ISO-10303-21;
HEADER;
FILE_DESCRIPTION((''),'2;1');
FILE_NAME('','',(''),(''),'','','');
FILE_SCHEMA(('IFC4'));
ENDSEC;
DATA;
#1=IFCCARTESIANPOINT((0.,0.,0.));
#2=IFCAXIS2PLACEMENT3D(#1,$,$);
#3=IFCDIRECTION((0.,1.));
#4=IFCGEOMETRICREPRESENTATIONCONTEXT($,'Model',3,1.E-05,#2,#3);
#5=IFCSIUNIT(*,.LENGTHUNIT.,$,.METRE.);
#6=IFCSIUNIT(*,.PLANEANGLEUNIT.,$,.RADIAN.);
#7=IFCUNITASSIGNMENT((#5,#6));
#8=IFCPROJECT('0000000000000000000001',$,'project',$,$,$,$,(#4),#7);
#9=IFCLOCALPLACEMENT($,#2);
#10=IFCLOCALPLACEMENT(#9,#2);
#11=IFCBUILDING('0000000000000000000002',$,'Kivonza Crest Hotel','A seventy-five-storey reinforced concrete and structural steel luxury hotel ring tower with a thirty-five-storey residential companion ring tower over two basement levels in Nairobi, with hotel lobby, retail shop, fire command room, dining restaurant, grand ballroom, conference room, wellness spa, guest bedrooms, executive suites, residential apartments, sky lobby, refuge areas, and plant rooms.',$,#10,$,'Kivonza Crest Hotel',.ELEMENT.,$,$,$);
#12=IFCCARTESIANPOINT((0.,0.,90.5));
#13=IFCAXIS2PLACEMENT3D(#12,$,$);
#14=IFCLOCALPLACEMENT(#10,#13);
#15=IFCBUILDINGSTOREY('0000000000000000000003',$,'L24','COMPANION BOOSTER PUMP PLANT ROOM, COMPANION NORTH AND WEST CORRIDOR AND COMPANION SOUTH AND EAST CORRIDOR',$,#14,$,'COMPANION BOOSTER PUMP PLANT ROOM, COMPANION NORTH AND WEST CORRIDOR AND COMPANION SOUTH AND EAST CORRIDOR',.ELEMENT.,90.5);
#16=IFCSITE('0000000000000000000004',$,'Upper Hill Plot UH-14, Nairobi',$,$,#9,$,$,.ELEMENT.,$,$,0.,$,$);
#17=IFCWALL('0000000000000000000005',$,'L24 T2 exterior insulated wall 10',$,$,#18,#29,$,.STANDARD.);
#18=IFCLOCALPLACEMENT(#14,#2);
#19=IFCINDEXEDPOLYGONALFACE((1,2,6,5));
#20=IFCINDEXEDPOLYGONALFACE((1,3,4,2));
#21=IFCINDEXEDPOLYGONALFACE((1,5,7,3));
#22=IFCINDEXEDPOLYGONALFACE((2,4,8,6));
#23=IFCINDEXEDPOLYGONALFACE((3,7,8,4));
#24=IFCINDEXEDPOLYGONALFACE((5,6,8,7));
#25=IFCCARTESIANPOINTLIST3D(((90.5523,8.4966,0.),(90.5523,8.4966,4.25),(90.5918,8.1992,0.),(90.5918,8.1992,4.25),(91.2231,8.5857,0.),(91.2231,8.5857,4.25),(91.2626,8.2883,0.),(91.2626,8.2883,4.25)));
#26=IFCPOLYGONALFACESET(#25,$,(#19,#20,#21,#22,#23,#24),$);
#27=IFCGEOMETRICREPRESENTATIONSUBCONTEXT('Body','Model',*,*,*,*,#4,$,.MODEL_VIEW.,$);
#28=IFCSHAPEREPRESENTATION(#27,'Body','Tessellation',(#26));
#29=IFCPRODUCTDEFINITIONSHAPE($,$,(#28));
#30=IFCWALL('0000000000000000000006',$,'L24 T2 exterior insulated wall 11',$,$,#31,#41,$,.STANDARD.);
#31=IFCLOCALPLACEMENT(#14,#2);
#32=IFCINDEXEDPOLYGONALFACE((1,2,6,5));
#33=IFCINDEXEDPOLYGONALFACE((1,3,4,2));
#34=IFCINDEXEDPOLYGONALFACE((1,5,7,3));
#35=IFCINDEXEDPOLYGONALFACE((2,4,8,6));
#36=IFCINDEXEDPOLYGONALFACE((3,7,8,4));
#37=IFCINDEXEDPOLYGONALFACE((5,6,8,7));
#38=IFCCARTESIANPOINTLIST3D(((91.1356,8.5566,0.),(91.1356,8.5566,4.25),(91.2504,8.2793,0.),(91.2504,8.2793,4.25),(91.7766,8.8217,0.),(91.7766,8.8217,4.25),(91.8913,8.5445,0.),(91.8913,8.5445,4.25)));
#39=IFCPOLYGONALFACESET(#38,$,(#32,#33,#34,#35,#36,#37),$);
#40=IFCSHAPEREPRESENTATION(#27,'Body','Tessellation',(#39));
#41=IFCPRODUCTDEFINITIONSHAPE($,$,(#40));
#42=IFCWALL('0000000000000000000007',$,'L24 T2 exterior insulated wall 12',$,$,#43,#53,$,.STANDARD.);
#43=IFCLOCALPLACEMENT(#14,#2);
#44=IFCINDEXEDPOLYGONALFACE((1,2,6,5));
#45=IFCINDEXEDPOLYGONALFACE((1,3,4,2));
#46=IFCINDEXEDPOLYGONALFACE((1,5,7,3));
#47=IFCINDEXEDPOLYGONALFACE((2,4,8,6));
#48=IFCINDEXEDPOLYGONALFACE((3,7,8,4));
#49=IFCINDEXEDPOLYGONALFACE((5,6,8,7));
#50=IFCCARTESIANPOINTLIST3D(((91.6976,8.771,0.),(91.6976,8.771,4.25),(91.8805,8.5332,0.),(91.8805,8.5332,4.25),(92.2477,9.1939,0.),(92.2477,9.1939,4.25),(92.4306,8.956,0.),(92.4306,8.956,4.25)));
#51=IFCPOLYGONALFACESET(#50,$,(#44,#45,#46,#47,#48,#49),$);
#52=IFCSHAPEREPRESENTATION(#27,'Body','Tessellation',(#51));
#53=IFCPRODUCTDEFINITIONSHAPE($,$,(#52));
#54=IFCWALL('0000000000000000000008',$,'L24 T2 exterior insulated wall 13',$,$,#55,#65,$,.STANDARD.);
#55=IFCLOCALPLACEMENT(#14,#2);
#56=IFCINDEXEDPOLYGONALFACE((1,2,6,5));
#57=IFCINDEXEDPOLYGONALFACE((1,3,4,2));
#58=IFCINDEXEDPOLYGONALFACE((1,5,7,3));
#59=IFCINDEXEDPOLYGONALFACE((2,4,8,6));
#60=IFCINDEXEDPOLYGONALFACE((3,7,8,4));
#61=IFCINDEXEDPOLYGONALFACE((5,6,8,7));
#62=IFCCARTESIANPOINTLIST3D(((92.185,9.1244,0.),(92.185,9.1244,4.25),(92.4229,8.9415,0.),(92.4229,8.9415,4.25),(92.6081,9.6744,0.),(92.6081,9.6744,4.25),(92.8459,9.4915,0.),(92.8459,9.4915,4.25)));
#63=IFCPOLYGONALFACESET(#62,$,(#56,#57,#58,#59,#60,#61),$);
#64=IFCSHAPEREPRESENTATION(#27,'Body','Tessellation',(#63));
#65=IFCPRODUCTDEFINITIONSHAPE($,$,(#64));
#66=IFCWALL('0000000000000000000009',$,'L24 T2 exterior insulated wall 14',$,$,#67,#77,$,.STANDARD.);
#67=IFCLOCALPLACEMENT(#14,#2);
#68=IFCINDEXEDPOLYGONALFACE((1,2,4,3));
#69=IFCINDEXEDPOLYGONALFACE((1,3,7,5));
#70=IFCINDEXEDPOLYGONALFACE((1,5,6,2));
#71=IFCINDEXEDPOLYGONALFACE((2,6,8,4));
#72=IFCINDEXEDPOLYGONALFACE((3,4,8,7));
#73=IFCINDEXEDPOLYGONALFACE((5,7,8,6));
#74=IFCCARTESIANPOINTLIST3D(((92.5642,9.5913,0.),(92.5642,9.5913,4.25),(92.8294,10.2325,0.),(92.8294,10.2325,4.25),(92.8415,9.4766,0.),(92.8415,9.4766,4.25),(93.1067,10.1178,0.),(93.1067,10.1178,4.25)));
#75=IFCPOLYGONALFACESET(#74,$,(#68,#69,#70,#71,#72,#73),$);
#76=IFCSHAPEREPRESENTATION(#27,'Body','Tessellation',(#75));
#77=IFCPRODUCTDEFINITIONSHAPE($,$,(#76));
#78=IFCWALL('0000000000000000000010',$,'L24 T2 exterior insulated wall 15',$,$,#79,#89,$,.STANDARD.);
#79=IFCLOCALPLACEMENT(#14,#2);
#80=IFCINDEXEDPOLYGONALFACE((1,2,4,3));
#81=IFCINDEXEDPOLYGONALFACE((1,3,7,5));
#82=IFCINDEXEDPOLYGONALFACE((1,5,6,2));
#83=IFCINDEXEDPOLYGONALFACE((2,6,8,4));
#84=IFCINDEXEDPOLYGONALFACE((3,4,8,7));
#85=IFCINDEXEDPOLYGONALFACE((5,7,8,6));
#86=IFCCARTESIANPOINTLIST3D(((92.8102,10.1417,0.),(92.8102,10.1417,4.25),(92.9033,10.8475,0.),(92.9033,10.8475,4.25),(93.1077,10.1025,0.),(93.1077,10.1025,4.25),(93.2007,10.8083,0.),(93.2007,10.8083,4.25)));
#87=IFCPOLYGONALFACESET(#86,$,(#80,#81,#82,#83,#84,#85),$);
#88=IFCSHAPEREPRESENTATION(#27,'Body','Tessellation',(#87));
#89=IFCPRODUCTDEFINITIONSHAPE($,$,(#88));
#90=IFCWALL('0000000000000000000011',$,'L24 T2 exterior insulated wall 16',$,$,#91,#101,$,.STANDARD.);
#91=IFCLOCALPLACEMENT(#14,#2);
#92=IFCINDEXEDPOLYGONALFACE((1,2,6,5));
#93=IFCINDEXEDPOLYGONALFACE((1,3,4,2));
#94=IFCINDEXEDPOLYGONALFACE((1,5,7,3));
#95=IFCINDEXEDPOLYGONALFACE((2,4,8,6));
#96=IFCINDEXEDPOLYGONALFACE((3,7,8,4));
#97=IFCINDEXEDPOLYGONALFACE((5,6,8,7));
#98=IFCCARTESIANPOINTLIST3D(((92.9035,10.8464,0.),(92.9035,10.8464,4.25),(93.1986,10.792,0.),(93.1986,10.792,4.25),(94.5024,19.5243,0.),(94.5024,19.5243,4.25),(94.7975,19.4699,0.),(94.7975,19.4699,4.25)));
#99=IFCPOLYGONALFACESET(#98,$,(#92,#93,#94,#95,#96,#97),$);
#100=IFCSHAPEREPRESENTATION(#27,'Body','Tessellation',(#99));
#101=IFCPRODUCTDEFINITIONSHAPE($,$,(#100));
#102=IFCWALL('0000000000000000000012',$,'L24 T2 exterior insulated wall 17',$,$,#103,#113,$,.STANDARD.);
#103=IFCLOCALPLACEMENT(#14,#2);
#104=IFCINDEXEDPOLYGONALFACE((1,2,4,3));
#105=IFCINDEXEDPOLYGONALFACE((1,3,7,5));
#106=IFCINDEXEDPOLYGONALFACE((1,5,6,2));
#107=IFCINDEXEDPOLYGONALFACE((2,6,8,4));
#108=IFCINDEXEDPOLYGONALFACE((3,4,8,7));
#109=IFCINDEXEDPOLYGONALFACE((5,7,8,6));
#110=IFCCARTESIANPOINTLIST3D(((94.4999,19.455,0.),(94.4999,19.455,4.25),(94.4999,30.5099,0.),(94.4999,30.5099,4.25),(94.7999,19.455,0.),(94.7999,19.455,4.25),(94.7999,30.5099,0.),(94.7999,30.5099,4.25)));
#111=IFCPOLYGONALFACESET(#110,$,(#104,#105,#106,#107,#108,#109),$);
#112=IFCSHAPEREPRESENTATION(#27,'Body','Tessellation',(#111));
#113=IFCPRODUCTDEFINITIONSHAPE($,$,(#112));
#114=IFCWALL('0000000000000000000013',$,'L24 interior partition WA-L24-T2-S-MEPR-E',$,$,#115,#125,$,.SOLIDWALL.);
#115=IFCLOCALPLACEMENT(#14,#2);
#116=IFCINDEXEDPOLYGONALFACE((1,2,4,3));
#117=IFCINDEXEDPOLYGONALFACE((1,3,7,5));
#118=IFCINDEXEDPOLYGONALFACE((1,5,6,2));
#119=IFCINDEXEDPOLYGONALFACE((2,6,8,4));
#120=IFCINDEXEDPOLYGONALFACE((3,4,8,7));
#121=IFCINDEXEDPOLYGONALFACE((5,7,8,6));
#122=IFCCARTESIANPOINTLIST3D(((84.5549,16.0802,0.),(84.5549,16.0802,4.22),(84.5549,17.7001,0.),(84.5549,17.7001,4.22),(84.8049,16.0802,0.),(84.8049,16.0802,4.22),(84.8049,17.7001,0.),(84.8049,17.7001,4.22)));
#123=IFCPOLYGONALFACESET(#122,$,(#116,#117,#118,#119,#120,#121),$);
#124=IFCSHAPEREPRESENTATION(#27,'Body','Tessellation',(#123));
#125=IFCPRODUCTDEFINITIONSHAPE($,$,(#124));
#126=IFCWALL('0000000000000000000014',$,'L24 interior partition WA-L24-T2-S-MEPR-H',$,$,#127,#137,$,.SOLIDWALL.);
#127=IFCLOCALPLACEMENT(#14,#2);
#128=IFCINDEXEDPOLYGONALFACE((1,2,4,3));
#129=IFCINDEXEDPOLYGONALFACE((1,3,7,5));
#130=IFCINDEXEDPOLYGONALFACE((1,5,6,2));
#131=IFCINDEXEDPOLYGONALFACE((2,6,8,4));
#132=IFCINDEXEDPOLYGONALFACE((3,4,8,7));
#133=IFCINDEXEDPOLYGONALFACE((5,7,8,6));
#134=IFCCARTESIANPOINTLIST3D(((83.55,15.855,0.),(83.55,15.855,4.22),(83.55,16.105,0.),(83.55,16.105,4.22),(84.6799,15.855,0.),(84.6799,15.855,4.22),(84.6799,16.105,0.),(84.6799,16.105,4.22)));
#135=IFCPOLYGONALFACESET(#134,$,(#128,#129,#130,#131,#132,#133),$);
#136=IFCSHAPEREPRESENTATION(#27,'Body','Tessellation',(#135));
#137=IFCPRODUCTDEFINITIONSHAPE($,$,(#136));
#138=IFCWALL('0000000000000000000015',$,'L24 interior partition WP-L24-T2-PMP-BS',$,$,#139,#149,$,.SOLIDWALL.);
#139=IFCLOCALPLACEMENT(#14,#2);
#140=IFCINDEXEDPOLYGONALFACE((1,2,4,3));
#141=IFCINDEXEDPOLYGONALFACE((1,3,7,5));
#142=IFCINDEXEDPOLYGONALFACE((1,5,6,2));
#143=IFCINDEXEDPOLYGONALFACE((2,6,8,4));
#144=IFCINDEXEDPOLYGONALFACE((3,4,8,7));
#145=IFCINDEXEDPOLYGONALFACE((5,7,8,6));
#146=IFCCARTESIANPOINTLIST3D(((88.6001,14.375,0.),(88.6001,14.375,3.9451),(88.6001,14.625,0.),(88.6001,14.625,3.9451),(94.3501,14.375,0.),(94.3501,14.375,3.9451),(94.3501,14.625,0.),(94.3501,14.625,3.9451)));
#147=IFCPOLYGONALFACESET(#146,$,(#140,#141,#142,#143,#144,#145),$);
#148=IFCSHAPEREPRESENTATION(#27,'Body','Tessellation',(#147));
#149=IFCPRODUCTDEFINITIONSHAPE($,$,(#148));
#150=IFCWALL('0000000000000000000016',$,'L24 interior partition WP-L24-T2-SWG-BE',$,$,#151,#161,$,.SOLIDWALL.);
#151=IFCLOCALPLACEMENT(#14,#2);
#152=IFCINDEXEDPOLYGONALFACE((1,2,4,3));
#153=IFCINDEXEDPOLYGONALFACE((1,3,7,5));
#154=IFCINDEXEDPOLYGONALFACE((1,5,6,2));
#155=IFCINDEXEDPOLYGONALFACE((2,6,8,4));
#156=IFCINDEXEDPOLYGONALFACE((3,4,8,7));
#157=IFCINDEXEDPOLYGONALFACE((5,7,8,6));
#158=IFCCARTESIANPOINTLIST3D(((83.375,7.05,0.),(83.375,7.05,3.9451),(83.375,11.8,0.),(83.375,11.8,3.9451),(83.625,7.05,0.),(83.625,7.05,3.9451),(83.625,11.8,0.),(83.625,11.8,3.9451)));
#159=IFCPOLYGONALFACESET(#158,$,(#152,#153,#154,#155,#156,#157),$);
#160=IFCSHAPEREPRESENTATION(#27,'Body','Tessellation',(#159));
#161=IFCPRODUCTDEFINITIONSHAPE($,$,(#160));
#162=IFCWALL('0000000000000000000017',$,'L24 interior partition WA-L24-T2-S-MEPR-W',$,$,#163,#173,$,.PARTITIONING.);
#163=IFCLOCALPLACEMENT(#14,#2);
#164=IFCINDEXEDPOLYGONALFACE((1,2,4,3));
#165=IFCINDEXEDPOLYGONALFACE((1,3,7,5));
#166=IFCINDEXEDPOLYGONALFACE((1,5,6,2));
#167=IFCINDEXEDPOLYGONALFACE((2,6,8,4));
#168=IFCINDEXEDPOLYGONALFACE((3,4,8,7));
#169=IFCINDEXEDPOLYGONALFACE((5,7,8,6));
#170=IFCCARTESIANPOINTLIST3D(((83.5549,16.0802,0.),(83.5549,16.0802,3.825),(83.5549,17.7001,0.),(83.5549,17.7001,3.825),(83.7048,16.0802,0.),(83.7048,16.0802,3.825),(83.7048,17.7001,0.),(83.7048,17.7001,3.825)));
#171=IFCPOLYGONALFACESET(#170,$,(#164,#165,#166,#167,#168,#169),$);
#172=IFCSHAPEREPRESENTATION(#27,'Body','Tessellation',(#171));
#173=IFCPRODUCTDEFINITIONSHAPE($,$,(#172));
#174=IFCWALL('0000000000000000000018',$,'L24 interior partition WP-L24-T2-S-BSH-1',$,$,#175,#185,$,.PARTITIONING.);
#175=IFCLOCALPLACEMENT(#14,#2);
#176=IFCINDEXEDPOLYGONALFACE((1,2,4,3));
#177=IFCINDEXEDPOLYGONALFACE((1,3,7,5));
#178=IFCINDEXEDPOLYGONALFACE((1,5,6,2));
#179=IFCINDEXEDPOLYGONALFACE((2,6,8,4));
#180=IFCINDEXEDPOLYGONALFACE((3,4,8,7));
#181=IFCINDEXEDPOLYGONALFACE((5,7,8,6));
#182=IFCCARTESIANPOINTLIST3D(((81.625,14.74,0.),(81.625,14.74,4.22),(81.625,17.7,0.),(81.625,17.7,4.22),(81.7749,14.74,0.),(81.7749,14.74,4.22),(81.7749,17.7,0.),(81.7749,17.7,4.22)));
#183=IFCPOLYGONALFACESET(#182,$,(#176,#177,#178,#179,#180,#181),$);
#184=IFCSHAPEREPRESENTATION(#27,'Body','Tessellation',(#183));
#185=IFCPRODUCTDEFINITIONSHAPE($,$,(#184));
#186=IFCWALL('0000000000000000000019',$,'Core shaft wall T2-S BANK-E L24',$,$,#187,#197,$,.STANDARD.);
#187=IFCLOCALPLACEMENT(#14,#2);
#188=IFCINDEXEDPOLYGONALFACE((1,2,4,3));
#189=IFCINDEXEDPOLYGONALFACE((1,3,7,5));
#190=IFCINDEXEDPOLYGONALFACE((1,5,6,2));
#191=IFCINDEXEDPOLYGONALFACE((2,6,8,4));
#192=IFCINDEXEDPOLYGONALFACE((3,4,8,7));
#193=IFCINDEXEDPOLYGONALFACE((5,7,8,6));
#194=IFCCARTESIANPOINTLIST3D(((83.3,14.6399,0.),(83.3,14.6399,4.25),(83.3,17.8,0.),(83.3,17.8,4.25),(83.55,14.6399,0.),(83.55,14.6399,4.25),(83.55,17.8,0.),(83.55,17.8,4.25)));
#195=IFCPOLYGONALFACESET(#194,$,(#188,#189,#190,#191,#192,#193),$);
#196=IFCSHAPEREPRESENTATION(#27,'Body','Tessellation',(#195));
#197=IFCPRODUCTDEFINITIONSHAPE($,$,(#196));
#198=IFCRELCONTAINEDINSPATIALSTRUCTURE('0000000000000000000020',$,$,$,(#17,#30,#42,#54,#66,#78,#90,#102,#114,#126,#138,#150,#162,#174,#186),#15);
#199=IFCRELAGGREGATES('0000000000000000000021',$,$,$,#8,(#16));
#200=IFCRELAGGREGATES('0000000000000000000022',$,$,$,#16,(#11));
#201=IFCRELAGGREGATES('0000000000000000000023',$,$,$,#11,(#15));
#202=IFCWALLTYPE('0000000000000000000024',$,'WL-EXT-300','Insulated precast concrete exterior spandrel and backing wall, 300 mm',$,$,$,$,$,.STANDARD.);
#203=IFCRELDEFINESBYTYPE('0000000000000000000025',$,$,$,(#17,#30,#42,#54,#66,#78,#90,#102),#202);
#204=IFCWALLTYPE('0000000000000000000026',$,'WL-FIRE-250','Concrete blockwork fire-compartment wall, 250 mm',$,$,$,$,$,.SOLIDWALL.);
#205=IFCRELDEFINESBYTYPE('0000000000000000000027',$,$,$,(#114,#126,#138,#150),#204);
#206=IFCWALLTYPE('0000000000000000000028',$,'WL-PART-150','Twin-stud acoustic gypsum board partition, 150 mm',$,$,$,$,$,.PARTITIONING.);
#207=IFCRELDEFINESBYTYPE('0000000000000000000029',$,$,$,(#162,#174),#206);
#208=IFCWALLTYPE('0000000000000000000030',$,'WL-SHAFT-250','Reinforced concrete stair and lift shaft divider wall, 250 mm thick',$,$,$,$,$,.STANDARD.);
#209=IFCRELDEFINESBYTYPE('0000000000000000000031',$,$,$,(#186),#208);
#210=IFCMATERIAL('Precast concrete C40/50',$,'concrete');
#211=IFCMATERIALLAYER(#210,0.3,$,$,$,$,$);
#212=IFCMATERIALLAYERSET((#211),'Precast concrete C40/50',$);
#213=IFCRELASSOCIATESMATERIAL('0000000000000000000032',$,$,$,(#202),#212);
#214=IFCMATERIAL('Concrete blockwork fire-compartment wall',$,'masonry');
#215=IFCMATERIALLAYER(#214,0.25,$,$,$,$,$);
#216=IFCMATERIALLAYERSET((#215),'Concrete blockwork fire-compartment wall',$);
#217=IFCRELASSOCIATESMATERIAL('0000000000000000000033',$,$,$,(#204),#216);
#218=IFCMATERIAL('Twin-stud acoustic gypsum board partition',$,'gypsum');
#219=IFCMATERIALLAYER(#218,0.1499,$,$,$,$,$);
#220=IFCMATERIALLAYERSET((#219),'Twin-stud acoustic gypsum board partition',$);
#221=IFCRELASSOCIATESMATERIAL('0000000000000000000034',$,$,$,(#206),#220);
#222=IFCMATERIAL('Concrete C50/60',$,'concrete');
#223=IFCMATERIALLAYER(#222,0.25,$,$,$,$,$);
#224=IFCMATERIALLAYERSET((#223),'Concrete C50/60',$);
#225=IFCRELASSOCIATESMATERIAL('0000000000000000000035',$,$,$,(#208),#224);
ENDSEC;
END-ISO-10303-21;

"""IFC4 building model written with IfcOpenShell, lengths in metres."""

from ifc_helpers import new_model, si_unit, direction, frame, frame_2d, origin, place, context, subcontext, project, spatial, rectangle, extrude, material, layer, layer_set, type_object, element, save


model = new_model("IFC4")

# Units and contexts
model_context = context("Model", 3, precision=1e-05, world=origin(), true_north=direction((0.0, 1.0)))
body_context = subcontext(model_context, "Body", "Model", "MODEL_VIEW")
ifc_project = project(units=[si_unit("LENGTHUNIT", "METRE"), si_unit("PLANEANGLEUNIT", "RADIAN")], contexts=[model_context])

# Site, building, storey
site_placement = place(None, origin())
site = spatial("IfcSite", under=ifc_project, at=site_placement, Name="Upper Hill Plot UH-14, Nairobi", CompositionType="ELEMENT", RefElevation=0.0)
building_placement = place(site_placement, origin())
building = spatial("IfcBuilding", under=site, at=building_placement, Name="Kivonza Crest Hotel", Description="A seventy-five-storey reinforced concrete and structural steel luxury hotel ring tower with a thirty-five-storey residential companion ring tower over two basement levels in Nairobi, with hotel lobby, retail shop, fire command room, dining restaurant, grand ballroom, conference room, wellness spa, guest bedrooms, executive suites, residential apartments, sky lobby, refuge areas, and plant rooms.", LongName="Kivonza Crest Hotel", CompositionType="ELEMENT")
storey_placement = place(building_placement, frame((0.0, 0.0, 90.5)))
storey = spatial("IfcBuildingStorey", under=building, at=storey_placement, Name="L24", Description="COMPANION BOOSTER PUMP PLANT ROOM, COMPANION NORTH AND WEST CORRIDOR AND COMPANION SOUTH AND EAST CORRIDOR", LongName="COMPANION BOOSTER PUMP PLANT ROOM, COMPANION NORTH AND WEST CORRIDOR AND COMPANION SOUTH AND EAST CORRIDOR", CompositionType="ELEMENT", Elevation=90.5)

# Shared definitions
ifc_material_1 = material(Name="Concrete C50/60", Category="concrete")

# Walls
ifc_material_2 = material(Name="Precast concrete C40/50", Category="concrete")
ifc_layer_1 = layer(ifc_material_2, 0.3)
ifc_layer_set_1 = layer_set([ifc_layer_1], Name="Precast concrete C40/50")
wall_type_1 = type_object("IfcWallType", Name="WL-EXT-300", Description="Insulated precast concrete exterior spandrel and backing wall, 300 mm", PredefinedType="STANDARD", material=ifc_layer_set_1)
wall_1_placement = place(storey_placement, frame((90.572, 8.3479, 0.0), z_axis=(0.0, 0.0, 1.0), x_axis=(0.991294, 0.131667, 0.0)))
element("IfcWall", 1, at=wall_1_placement, inside=storey, type_object=wall_type_1, Name="L24 T2 exterior insulated wall 10", PredefinedType="STANDARD", context=body_context, shape_type="SweptSolid", body=[
    extrude(rectangle(XDim=0.6768, YDim=0.3, at=frame_2d((0.3384, 0.0))), origin(), (0.0, 0.0, 1.0), 4.25),
])
wall_2_placement = place(storey_placement, frame((91.1931, 8.418, 0.0), z_axis=(0.0, 0.0, 1.0), x_axis=(0.924043, 0.38229, 0.0)))
element("IfcWall", 2, at=wall_2_placement, inside=storey, type_object=wall_type_1, Name="L24 T2 exterior insulated wall 11", PredefinedType="STANDARD", context=body_context, shape_type="SweptSolid", body=[
    extrude(rectangle(XDim=0.6936, YDim=0.3, at=frame_2d((0.3467, 0.0))), origin(), (0.0, 0.0, 1.0), 4.25),
])
for number, where, z_axis, x_axis, name in (
    (3, (91.7891, 8.6521, 0.0), (0.0, 0.0, 1.0), (0.792807, 0.609473, 0.0), "L24 T2 exterior insulated wall 12"),
    (4, (92.304, 9.033, 0.0), (0.0, 0.0, 1.0), (0.609694, 0.792637, 0.0), "L24 T2 exterior insulated wall 13"),
    (5, (92.7029, 9.5339, 0.0), (0.0, 0.0, 1.0), (0.382165, 0.924094, 0.0), "L24 T2 exterior insulated wall 14"),
):
    element("IfcWall", number, at=place(storey_placement, frame(where, z_axis=z_axis, x_axis=x_axis)), inside=storey, type_object=wall_type_1, Name=name, PredefinedType="STANDARD", context=body_context, shape_type="SweptSolid", body=[
        extrude(rectangle(XDim=0.6938, YDim=0.3, at=frame_2d((0.3469, 0.0))), origin(), (0.0, 0.0, 1.0), 4.25),
    ])
wall_3_placement = place(storey_placement, frame((92.959, 10.1221, 0.0), z_axis=(0.0, 0.0, 1.0), x_axis=(0.130659, 0.991427, 0.0)))
element("IfcWall", 6, at=wall_3_placement, inside=storey, type_object=wall_type_1, Name="L24 T2 exterior insulated wall 15", PredefinedType="STANDARD", context=body_context, shape_type="SweptSolid", body=[
    extrude(rectangle(XDim=0.7119, YDim=0.3, at=frame_2d((0.356, 0.0))), origin(), (0.0, 0.0, 1.0), 4.25),
])
wall_4_placement = place(storey_placement, frame((93.051, 10.8191, 0.0), z_axis=(0.0, 0.0, 1.0), x_axis=(0.181196, 0.983447, 0.0)))
element("IfcWall", 7, at=wall_4_placement, inside=storey, type_object=wall_type_1, Name="L24 T2 exterior insulated wall 16", PredefinedType="STANDARD", context=body_context, shape_type="SweptSolid", body=[
    extrude(rectangle(XDim=8.824, YDim=0.3, at=frame_2d((4.4121, 0.0))), origin(), (0.0, 0.0, 1.0), 4.25),
])
wall_5_placement = place(storey_placement, frame((94.6499, 19.4551, 0.0), z_axis=(0.0, 0.0, 1.0), x_axis=(0.0, 1.0, 0.0)))
element("IfcWall", 8, at=wall_5_placement, inside=storey, type_object=wall_type_1, Name="L24 T2 exterior insulated wall 17", PredefinedType="STANDARD", context=body_context, shape_type="SweptSolid", body=[
    extrude(rectangle(XDim=11.0549, YDim=0.3, at=frame_2d((5.5273, 0.0))), origin(), (0.0, 0.0, 1.0), 4.25),
])
ifc_material_3 = material(Name="Concrete blockwork fire-compartment wall", Category="masonry")
ifc_layer_2 = layer(ifc_material_3, 0.25)
ifc_layer_set_2 = layer_set([ifc_layer_2], Name="Concrete blockwork fire-compartment wall")
wall_type_2 = type_object("IfcWallType", Name="WL-FIRE-250", Description="Concrete blockwork fire-compartment wall, 250 mm", PredefinedType="SOLIDWALL", material=ifc_layer_set_2)
wall_6_placement = place(storey_placement, frame((84.6799, 16.0801, 0.0), z_axis=(0.0, 0.0, 1.0), x_axis=(0.0, 1.0, 0.0)))
element("IfcWall", 9, at=wall_6_placement, inside=storey, type_object=wall_type_2, Name="L24 interior partition WA-L24-T2-S-MEPR-E", PredefinedType="SOLIDWALL", context=body_context, shape_type="SweptSolid", body=[
    extrude(rectangle(XDim=1.6199, YDim=0.25, at=frame_2d((0.8101, 0.0))), origin(), (0.0, 0.0, 1.0), 4.22),
])
wall_7_placement = place(storey_placement, frame((83.55, 15.98, 0.0), z_axis=(0.0, 0.0, 1.0), x_axis=(1.0, 0.0, 0.0)))
element("IfcWall", 10, at=wall_7_placement, inside=storey, type_object=wall_type_2, Name="L24 interior partition WA-L24-T2-S-MEPR-H", PredefinedType="SOLIDWALL", context=body_context, shape_type="SweptSolid", body=[
    extrude(rectangle(XDim=1.1299, YDim=0.25, at=frame_2d((0.5649, 0.0))), origin(), (0.0, 0.0, 1.0), 4.22),
])
wall_8_placement = place(storey_placement, frame((88.6001, 14.5, 0.0), z_axis=(0.0, 0.0, 1.0), x_axis=(1.0, 0.0, 0.0)))
element("IfcWall", 11, at=wall_8_placement, inside=storey, type_object=wall_type_2, Name="L24 interior partition WP-L24-T2-PMP-BS", PredefinedType="SOLIDWALL", context=body_context, shape_type="SweptSolid", body=[
    extrude(rectangle(XDim=5.75, YDim=0.25, at=frame_2d((2.875, 0.0))), origin(), (0.0, 0.0, 1.0), 3.9451),
])
wall_9_placement = place(storey_placement, frame((83.5, 7.05, 0.0), z_axis=(0.0, 0.0, 1.0), x_axis=(0.0, 1.0, 0.0)))
element("IfcWall", 12, at=wall_9_placement, inside=storey, type_object=wall_type_2, Name="L24 interior partition WP-L24-T2-SWG-BE", PredefinedType="SOLIDWALL", context=body_context, shape_type="SweptSolid", body=[
    extrude(rectangle(XDim=4.75, YDim=0.25, at=frame_2d((2.375, 0.0))), origin(), (0.0, 0.0, 1.0), 3.9451),
])
ifc_material_4 = material(Name="Twin-stud acoustic gypsum board partition", Category="gypsum")
ifc_layer_3 = layer(ifc_material_4, 0.1499)
ifc_layer_set_3 = layer_set([ifc_layer_3], Name="Twin-stud acoustic gypsum board partition")
wall_type_3 = type_object("IfcWallType", Name="WL-PART-150", Description="Twin-stud acoustic gypsum board partition, 150 mm", PredefinedType="PARTITIONING", material=ifc_layer_set_3)
wall_10_placement = place(storey_placement, frame((83.6299, 16.0801, 0.0), z_axis=(0.0, 0.0, 1.0), x_axis=(0.0, 1.0, 0.0)))
element("IfcWall", 13, at=wall_10_placement, inside=storey, type_object=wall_type_3, Name="L24 interior partition WA-L24-T2-S-MEPR-W", PredefinedType="PARTITIONING", context=body_context, shape_type="SweptSolid", body=[
    extrude(rectangle(XDim=1.6199, YDim=0.1499, at=frame_2d((0.8101, 0.0))), origin(), (0.0, 0.0, 1.0), 3.825),
])
wall_11_placement = place(storey_placement, frame((81.7, 14.74, 0.0), z_axis=(0.0, 0.0, 1.0), x_axis=(0.0, 1.0, 0.0)))
element("IfcWall", 14, at=wall_11_placement, inside=storey, type_object=wall_type_3, Name="L24 interior partition WP-L24-T2-S-BSH-1", PredefinedType="PARTITIONING", context=body_context, shape_type="SweptSolid", body=[
    extrude(rectangle(XDim=2.96, YDim=0.1499, at=frame_2d((1.48, 0.0))), origin(), (0.0, 0.0, 1.0), 4.22),
])
ifc_layer_4 = layer(ifc_material_1, 0.25)
ifc_layer_set_4 = layer_set([ifc_layer_4], Name="Concrete C50/60")
wall_type_4 = type_object("IfcWallType", Name="WL-SHAFT-250", Description="Reinforced concrete stair and lift shaft divider wall, 250 mm thick", PredefinedType="STANDARD", material=ifc_layer_set_4)
wall_12_placement = place(storey_placement, frame((83.425, 14.6399, 0.0), z_axis=(0.0, 0.0, 1.0), x_axis=(0.0, 1.0, 0.0)))
element("IfcWall", 15, at=wall_12_placement, inside=storey, type_object=wall_type_4, Name="Core shaft wall T2-S BANK-E L24", PredefinedType="STANDARD", context=body_context, shape_type="SweptSolid", body=[
    extrude(rectangle(XDim=3.1602, YDim=0.25, at=frame_2d((1.5801, 0.0))), origin(), (0.0, 0.0, 1.0), 4.25),
])

save(model, "model.ifc")
